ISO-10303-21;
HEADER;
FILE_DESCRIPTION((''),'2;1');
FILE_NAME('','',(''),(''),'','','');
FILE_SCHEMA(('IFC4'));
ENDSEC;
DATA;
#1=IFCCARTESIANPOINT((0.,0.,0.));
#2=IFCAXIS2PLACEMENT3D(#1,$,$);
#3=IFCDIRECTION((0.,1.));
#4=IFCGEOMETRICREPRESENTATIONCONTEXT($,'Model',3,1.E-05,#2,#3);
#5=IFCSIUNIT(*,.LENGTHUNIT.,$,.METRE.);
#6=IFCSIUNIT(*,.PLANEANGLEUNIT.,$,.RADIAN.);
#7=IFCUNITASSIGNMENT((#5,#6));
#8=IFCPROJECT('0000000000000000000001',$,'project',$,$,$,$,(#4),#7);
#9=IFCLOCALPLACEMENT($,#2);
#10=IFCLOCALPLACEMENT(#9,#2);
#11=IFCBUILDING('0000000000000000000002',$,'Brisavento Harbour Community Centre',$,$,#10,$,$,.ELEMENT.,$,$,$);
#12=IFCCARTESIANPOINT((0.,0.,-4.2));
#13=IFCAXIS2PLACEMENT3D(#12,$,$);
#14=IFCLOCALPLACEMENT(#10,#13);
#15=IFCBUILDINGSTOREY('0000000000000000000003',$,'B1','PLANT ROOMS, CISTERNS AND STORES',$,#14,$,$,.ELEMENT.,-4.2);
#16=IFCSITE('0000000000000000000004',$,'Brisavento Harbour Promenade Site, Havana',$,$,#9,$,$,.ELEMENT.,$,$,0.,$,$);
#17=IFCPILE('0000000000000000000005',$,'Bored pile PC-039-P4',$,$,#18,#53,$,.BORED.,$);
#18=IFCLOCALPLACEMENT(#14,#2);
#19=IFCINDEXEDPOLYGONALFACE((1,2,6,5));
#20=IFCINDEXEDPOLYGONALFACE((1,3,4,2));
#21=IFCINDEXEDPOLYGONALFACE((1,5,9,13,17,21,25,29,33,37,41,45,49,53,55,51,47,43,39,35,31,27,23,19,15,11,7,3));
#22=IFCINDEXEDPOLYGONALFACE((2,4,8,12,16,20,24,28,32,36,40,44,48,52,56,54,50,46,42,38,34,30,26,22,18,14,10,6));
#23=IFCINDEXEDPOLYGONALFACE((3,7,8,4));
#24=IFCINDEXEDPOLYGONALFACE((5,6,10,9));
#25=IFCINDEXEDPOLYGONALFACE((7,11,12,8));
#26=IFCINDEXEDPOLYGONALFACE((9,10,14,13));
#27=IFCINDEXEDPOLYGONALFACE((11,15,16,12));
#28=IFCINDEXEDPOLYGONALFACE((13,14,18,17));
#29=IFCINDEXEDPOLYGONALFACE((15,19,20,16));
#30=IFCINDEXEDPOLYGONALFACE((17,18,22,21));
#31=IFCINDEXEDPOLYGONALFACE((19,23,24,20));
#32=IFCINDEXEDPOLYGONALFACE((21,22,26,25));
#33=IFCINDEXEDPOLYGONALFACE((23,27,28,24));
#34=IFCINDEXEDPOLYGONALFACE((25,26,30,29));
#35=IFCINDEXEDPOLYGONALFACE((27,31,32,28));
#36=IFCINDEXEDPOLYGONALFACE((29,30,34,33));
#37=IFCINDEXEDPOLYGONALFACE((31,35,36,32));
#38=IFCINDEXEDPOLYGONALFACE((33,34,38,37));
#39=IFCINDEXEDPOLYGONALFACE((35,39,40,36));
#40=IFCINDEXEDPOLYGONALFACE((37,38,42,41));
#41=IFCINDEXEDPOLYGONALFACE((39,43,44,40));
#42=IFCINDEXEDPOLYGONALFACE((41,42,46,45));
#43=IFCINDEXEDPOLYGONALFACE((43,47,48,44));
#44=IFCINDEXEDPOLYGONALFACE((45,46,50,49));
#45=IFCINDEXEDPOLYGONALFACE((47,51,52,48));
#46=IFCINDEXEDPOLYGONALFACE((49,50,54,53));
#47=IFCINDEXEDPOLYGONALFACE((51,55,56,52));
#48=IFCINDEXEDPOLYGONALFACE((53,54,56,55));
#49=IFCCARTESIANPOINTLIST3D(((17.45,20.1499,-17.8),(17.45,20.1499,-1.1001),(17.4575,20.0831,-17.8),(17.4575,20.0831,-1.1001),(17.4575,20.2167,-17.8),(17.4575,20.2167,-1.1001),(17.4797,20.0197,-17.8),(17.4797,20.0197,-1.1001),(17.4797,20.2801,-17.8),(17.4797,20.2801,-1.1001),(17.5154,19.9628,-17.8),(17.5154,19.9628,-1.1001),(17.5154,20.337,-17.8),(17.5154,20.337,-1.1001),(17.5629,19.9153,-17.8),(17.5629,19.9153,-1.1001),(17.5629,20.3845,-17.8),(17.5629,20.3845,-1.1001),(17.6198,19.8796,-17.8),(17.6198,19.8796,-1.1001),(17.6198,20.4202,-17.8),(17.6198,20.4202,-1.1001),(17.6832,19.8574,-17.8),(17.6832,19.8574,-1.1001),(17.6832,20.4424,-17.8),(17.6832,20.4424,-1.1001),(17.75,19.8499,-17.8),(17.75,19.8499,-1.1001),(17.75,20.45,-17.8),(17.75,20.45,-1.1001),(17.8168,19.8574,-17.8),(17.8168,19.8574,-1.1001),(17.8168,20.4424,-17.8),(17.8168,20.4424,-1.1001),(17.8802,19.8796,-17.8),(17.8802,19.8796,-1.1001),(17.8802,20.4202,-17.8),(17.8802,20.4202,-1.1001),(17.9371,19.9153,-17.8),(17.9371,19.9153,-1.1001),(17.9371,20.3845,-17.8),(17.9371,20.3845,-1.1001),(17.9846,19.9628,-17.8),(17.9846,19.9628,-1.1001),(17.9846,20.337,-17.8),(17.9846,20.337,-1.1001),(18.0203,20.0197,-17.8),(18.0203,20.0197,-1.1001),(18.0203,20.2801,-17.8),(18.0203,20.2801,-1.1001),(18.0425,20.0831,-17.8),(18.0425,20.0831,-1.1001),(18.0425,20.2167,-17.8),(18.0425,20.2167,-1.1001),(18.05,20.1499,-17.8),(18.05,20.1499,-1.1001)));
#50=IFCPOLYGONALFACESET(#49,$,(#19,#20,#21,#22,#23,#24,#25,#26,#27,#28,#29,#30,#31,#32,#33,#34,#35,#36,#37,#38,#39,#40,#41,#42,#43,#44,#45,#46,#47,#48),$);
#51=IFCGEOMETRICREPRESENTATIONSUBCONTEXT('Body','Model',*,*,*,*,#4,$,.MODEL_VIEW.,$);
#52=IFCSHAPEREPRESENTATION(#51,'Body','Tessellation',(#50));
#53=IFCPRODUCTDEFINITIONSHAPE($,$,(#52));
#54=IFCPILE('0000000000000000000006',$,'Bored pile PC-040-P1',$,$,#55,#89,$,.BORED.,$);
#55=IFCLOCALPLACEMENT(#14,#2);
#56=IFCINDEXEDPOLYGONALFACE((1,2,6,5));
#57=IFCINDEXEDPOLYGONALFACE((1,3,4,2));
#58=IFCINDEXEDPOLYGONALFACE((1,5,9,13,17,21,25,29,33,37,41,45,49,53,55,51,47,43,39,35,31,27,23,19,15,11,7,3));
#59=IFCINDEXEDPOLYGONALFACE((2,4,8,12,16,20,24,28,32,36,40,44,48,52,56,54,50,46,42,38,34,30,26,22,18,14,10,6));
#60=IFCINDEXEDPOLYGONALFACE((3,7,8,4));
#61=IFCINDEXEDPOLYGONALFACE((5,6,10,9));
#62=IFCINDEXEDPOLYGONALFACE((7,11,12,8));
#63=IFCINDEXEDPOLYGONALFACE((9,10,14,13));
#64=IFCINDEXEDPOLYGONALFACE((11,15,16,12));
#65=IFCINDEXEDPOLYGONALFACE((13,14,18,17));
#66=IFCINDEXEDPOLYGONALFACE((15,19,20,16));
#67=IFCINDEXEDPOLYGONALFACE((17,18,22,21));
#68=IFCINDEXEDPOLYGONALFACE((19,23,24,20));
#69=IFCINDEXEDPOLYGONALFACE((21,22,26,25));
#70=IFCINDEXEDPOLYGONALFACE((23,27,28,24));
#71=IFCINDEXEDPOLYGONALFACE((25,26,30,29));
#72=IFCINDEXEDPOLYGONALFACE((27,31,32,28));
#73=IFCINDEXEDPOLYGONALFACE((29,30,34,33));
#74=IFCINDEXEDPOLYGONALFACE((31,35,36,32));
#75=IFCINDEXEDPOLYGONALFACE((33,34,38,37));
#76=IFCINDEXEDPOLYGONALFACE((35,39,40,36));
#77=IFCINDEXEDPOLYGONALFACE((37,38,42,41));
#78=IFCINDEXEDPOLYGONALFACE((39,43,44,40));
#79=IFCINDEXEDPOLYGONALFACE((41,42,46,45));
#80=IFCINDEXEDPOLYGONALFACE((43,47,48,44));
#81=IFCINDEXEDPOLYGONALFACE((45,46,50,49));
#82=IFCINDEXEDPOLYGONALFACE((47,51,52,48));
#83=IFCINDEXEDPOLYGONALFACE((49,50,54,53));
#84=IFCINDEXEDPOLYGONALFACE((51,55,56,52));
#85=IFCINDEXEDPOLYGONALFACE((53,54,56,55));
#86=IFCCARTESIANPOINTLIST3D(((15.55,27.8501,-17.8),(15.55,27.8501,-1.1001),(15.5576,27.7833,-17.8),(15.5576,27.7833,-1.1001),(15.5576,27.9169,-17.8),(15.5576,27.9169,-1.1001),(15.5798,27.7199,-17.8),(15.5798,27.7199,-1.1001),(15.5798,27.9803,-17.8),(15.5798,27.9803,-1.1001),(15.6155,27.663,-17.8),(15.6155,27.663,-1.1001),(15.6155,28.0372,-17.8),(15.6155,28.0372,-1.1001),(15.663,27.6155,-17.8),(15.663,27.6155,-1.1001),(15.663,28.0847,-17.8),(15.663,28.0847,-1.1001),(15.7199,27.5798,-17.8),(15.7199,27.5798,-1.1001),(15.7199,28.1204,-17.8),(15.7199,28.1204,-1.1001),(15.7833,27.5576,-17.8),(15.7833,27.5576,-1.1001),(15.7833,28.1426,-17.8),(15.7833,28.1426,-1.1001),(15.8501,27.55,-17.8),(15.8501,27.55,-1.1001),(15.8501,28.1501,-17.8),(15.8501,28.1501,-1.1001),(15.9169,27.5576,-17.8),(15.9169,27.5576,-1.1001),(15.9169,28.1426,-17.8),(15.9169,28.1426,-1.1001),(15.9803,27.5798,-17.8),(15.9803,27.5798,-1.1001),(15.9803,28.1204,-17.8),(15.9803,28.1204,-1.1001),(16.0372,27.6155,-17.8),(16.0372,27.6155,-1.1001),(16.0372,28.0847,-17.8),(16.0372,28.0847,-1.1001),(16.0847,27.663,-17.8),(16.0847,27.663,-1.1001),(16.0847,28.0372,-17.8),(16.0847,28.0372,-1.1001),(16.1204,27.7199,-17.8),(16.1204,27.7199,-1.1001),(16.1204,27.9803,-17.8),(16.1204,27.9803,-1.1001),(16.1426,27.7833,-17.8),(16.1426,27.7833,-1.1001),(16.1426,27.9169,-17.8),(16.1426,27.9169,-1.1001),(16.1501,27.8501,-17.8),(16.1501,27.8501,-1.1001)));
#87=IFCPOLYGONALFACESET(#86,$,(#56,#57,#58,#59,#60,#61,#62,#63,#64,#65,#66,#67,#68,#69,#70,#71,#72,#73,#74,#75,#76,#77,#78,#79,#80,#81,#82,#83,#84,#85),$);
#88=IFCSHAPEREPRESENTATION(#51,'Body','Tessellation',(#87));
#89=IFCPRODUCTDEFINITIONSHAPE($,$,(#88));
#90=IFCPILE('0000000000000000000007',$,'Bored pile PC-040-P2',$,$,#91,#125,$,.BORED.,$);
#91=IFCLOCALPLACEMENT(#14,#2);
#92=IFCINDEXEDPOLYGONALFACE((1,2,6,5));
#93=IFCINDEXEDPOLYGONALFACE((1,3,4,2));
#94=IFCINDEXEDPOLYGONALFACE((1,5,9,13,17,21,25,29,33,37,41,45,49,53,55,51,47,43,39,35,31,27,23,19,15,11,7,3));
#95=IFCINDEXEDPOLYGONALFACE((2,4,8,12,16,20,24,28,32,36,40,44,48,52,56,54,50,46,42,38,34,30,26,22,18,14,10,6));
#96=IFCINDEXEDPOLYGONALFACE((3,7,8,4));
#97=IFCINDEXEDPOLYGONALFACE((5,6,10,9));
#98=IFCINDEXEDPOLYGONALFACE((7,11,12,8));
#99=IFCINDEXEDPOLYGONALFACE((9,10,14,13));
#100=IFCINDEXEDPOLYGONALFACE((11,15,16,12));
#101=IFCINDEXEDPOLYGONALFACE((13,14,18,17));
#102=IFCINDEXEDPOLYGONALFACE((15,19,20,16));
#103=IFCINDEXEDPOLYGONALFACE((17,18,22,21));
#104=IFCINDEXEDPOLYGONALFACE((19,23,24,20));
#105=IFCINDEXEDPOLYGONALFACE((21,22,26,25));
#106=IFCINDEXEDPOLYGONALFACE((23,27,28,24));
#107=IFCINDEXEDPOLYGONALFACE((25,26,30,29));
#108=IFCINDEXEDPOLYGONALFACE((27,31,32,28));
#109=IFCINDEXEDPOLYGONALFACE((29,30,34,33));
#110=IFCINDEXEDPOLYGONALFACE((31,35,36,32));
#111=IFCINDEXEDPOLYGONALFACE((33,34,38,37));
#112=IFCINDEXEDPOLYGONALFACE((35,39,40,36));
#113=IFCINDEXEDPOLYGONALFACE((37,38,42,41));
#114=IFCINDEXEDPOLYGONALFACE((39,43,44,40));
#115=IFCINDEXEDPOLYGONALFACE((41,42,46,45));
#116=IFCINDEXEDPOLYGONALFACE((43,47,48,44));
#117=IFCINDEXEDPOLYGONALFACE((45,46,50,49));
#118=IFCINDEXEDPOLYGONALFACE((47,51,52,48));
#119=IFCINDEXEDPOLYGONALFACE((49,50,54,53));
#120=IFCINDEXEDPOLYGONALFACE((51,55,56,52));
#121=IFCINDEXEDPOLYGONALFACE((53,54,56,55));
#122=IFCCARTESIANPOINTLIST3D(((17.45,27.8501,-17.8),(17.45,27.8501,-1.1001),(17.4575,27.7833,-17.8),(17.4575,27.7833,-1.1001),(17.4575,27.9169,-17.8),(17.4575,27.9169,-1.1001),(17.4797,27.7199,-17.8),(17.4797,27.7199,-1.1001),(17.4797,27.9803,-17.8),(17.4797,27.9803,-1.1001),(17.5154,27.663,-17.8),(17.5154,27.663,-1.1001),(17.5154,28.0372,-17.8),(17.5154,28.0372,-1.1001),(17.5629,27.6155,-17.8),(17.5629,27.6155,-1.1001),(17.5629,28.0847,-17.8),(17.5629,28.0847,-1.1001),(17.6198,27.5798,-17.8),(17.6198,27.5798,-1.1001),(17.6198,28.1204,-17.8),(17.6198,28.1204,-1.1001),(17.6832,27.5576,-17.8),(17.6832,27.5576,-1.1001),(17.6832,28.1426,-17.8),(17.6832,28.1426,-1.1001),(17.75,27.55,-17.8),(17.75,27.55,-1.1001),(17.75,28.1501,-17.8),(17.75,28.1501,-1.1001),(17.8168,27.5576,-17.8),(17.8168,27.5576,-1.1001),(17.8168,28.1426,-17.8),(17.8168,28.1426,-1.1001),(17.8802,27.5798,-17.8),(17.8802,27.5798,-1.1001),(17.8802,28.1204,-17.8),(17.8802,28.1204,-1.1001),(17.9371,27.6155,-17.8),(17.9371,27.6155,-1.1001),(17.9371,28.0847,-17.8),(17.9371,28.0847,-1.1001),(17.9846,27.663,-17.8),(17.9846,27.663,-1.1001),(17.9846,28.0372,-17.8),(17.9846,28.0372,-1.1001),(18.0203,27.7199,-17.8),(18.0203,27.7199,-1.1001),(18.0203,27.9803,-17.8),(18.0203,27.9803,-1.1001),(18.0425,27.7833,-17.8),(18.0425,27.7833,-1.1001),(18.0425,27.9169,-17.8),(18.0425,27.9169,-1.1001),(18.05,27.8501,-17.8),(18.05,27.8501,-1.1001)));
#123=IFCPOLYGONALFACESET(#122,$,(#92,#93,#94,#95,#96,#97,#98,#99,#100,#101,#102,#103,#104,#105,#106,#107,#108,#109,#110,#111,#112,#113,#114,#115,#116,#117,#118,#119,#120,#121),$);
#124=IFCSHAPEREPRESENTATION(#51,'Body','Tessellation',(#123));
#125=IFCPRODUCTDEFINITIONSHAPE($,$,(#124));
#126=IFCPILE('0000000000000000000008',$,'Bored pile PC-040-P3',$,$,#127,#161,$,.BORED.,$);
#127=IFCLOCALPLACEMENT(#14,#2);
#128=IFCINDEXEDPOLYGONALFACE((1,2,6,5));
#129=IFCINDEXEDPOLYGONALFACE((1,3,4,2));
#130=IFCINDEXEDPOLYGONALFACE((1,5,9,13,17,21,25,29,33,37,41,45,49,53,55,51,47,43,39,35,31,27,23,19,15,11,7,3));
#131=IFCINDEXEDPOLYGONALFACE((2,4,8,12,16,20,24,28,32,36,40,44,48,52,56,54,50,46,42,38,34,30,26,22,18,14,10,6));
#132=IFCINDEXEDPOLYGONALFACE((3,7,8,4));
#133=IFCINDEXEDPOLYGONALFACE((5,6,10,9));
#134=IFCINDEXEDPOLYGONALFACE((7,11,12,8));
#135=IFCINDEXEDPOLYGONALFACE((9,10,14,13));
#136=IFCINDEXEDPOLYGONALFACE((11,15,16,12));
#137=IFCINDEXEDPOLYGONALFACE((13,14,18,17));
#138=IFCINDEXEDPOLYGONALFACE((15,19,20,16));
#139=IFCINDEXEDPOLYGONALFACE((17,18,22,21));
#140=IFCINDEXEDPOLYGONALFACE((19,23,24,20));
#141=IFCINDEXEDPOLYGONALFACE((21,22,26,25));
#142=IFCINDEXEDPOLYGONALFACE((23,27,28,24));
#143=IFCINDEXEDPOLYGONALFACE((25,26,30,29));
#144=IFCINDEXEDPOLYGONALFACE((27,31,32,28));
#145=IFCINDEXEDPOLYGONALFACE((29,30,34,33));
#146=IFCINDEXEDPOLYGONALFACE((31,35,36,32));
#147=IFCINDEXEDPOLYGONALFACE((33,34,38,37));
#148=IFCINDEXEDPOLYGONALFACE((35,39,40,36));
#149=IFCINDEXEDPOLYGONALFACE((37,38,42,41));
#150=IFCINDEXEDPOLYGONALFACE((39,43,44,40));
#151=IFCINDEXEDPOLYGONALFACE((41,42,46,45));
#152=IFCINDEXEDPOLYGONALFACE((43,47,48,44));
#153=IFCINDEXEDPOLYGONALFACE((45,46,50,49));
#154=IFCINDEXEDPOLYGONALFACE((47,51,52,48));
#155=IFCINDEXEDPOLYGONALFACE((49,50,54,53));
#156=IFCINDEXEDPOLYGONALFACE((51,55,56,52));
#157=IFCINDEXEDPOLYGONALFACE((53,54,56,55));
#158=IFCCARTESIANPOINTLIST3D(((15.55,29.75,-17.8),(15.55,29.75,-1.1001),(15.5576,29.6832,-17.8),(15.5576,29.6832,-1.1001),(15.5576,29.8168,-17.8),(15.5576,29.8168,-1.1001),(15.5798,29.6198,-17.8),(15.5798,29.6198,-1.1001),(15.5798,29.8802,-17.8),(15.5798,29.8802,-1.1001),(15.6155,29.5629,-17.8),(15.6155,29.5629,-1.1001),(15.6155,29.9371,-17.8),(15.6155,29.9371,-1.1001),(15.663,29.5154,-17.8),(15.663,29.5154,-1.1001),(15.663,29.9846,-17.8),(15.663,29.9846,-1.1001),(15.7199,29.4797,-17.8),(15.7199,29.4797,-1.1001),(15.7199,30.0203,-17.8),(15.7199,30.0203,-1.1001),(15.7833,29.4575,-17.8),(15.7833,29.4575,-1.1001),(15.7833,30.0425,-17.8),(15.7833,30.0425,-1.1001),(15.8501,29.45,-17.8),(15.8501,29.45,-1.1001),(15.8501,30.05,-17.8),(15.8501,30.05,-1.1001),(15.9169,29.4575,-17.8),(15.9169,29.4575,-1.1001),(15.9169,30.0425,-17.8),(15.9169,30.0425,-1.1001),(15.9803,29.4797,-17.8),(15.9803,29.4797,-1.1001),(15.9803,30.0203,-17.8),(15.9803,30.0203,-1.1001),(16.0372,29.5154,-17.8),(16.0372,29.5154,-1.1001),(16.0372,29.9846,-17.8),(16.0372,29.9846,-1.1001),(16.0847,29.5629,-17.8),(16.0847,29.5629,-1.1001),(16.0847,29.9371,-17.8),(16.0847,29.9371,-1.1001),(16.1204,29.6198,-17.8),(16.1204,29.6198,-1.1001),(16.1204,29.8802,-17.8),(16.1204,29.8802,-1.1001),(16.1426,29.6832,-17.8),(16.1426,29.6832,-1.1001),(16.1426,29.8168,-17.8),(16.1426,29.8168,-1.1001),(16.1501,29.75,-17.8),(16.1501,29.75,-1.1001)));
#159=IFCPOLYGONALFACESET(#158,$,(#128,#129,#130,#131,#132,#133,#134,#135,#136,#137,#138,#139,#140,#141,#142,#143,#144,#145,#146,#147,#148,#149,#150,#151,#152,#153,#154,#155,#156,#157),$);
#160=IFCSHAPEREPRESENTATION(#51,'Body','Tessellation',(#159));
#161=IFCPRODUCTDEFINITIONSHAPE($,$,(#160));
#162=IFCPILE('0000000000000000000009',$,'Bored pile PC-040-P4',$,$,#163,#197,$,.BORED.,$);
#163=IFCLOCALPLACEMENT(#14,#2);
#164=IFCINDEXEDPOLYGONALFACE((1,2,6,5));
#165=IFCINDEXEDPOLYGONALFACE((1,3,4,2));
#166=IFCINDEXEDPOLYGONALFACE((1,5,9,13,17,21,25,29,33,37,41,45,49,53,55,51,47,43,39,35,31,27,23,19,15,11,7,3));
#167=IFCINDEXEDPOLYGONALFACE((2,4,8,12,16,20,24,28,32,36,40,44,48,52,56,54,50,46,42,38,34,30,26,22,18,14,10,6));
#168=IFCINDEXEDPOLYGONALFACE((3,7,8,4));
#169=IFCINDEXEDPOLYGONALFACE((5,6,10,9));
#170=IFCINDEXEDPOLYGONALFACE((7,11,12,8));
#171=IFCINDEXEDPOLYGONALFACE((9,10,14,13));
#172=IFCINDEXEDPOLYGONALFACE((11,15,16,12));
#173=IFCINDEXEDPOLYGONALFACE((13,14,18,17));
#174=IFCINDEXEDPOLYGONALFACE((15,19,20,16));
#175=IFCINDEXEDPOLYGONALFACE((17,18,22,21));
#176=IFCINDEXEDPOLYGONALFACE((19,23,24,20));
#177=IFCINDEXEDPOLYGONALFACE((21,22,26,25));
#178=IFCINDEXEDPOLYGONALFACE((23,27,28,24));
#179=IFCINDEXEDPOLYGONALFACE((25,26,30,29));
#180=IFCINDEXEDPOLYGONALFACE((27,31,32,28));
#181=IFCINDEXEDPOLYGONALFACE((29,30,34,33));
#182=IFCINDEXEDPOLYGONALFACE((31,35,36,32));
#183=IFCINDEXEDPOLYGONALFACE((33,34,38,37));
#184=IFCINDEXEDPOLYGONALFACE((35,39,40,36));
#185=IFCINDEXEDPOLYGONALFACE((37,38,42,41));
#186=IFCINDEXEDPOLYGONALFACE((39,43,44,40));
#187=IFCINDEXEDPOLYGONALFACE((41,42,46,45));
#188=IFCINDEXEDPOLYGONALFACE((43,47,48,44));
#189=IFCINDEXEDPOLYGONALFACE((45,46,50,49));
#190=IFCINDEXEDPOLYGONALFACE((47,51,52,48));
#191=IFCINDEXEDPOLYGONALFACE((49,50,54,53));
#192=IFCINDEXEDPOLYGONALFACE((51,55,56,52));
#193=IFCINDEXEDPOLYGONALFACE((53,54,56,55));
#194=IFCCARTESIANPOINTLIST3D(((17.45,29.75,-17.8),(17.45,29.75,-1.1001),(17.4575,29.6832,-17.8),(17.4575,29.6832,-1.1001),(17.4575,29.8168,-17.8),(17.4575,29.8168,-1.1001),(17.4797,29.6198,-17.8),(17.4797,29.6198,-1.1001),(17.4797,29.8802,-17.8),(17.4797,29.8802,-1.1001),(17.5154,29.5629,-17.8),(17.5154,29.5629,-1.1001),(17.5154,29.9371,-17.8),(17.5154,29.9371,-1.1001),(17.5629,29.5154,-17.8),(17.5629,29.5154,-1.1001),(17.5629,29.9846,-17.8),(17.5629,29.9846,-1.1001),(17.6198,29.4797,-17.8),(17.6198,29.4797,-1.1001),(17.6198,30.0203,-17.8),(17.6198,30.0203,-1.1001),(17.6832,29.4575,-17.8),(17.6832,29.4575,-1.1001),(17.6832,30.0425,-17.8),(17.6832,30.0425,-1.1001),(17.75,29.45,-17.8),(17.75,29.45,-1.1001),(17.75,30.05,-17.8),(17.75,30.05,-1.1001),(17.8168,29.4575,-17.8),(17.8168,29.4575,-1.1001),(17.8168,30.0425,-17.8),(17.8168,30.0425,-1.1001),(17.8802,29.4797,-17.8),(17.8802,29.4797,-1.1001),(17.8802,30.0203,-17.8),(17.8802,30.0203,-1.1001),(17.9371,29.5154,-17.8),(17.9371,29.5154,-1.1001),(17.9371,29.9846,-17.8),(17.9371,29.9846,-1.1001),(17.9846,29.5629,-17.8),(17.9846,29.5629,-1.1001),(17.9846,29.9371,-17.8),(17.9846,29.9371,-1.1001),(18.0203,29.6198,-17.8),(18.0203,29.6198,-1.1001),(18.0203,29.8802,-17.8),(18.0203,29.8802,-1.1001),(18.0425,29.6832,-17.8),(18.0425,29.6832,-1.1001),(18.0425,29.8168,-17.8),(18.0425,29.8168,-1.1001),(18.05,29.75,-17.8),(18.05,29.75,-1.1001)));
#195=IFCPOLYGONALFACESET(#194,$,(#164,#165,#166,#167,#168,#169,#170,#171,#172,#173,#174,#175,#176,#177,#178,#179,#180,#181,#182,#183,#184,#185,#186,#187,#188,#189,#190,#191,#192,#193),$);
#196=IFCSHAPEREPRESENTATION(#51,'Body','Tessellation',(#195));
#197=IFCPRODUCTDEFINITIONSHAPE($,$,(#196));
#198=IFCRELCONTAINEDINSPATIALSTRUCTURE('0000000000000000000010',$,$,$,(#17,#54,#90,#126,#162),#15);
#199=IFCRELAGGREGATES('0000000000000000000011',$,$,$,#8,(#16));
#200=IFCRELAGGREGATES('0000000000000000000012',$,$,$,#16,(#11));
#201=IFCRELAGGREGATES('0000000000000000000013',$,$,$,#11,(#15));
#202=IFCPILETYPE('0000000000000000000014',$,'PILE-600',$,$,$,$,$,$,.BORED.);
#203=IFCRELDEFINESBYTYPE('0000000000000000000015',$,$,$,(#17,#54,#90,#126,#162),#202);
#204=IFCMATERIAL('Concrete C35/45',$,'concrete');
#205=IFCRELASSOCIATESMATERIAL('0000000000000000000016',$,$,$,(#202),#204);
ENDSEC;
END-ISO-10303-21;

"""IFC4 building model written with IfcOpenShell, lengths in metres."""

from ifc_helpers import new_model, si_unit, direction, frame, origin, origin_2d, place, context, subcontext, project, spatial, circle, extrude, material, material_profile, profile_set, type_object, element, save


model = new_model("IFC4")

# Units and contexts
model_context = context("Model", 3, precision=1e-05, world=origin(), true_north=direction((0.0, 1.0)))
body_context = subcontext(model_context, "Body", "Model", "MODEL_VIEW")
ifc_project = project(units=[si_unit("LENGTHUNIT", "METRE"), si_unit("PLANEANGLEUNIT", "RADIAN")], contexts=[model_context])

# Site, building, storey
site_placement = place(None, origin())
site = spatial("IfcSite", under=ifc_project, at=site_placement, Name="Brisavento Harbour Promenade Site, Havana", CompositionType="ELEMENT", RefElevation=0.0)
building_placement = place(site_placement, origin())
building = spatial("IfcBuilding", under=site, at=building_placement, Name="Brisavento Harbour Community Centre", CompositionType="ELEMENT")
storey_placement = place(building_placement, frame((0.0, 0.0, -4.2)))
storey = spatial("IfcBuildingStorey", under=building, at=storey_placement, Name="B1", Description="PLANT ROOMS, CISTERNS AND STORES", CompositionType="ELEMENT", Elevation=-4.2)

# Shared definitions
ifc_material_1 = material(Name="Concrete C35/45", Category="concrete")

# Piles
ifc_material_profile_1 = material_profile(ifc_material_1, circle(Radius=0.3, at=origin_2d()), Name="Concrete C35/45")
ifc_profile_set_1 = profile_set([ifc_material_profile_1], Name="Concrete C35/45")
pile_type = type_object("IfcPileType", Name="PILE-600", PredefinedType="BORED", material=ifc_profile_set_1)
for number, where, z_axis, x_axis, name in (
    (1, (17.75, 20.1499, -1.1001), (0.0, 0.0, -1.0), (1.0, 0.0, 0.0), "Bored pile PC-039-P4"),
    (2, (15.8501, 27.8501, -1.1001), (0.0, 0.0, -1.0), (1.0, 0.0, 0.0), "Bored pile PC-040-P1"),
    (3, (17.75, 27.8501, -1.1001), (0.0, 0.0, -1.0), (1.0, 0.0, 0.0), "Bored pile PC-040-P2"),
    (4, (15.8501, 29.75, -1.1001), (0.0, 0.0, -1.0), (1.0, 0.0, 0.0), "Bored pile PC-040-P3"),
    (5, (17.75, 29.75, -1.1001), (0.0, 0.0, -1.0), (1.0, 0.0, 0.0), "Bored pile PC-040-P4"),
):
    element("IfcPile", number, at=place(storey_placement, frame(where, z_axis=z_axis, x_axis=x_axis)), inside=storey, type_object=pile_type, Name=name, PredefinedType="BORED", context=body_context, shape_type="SweptSolid", body=[
        extrude(circle(Radius=0.3, at=origin_2d()), origin(), (0.0, 0.0, 1.0), 16.7),
    ])

save(model, "model.ifc")
